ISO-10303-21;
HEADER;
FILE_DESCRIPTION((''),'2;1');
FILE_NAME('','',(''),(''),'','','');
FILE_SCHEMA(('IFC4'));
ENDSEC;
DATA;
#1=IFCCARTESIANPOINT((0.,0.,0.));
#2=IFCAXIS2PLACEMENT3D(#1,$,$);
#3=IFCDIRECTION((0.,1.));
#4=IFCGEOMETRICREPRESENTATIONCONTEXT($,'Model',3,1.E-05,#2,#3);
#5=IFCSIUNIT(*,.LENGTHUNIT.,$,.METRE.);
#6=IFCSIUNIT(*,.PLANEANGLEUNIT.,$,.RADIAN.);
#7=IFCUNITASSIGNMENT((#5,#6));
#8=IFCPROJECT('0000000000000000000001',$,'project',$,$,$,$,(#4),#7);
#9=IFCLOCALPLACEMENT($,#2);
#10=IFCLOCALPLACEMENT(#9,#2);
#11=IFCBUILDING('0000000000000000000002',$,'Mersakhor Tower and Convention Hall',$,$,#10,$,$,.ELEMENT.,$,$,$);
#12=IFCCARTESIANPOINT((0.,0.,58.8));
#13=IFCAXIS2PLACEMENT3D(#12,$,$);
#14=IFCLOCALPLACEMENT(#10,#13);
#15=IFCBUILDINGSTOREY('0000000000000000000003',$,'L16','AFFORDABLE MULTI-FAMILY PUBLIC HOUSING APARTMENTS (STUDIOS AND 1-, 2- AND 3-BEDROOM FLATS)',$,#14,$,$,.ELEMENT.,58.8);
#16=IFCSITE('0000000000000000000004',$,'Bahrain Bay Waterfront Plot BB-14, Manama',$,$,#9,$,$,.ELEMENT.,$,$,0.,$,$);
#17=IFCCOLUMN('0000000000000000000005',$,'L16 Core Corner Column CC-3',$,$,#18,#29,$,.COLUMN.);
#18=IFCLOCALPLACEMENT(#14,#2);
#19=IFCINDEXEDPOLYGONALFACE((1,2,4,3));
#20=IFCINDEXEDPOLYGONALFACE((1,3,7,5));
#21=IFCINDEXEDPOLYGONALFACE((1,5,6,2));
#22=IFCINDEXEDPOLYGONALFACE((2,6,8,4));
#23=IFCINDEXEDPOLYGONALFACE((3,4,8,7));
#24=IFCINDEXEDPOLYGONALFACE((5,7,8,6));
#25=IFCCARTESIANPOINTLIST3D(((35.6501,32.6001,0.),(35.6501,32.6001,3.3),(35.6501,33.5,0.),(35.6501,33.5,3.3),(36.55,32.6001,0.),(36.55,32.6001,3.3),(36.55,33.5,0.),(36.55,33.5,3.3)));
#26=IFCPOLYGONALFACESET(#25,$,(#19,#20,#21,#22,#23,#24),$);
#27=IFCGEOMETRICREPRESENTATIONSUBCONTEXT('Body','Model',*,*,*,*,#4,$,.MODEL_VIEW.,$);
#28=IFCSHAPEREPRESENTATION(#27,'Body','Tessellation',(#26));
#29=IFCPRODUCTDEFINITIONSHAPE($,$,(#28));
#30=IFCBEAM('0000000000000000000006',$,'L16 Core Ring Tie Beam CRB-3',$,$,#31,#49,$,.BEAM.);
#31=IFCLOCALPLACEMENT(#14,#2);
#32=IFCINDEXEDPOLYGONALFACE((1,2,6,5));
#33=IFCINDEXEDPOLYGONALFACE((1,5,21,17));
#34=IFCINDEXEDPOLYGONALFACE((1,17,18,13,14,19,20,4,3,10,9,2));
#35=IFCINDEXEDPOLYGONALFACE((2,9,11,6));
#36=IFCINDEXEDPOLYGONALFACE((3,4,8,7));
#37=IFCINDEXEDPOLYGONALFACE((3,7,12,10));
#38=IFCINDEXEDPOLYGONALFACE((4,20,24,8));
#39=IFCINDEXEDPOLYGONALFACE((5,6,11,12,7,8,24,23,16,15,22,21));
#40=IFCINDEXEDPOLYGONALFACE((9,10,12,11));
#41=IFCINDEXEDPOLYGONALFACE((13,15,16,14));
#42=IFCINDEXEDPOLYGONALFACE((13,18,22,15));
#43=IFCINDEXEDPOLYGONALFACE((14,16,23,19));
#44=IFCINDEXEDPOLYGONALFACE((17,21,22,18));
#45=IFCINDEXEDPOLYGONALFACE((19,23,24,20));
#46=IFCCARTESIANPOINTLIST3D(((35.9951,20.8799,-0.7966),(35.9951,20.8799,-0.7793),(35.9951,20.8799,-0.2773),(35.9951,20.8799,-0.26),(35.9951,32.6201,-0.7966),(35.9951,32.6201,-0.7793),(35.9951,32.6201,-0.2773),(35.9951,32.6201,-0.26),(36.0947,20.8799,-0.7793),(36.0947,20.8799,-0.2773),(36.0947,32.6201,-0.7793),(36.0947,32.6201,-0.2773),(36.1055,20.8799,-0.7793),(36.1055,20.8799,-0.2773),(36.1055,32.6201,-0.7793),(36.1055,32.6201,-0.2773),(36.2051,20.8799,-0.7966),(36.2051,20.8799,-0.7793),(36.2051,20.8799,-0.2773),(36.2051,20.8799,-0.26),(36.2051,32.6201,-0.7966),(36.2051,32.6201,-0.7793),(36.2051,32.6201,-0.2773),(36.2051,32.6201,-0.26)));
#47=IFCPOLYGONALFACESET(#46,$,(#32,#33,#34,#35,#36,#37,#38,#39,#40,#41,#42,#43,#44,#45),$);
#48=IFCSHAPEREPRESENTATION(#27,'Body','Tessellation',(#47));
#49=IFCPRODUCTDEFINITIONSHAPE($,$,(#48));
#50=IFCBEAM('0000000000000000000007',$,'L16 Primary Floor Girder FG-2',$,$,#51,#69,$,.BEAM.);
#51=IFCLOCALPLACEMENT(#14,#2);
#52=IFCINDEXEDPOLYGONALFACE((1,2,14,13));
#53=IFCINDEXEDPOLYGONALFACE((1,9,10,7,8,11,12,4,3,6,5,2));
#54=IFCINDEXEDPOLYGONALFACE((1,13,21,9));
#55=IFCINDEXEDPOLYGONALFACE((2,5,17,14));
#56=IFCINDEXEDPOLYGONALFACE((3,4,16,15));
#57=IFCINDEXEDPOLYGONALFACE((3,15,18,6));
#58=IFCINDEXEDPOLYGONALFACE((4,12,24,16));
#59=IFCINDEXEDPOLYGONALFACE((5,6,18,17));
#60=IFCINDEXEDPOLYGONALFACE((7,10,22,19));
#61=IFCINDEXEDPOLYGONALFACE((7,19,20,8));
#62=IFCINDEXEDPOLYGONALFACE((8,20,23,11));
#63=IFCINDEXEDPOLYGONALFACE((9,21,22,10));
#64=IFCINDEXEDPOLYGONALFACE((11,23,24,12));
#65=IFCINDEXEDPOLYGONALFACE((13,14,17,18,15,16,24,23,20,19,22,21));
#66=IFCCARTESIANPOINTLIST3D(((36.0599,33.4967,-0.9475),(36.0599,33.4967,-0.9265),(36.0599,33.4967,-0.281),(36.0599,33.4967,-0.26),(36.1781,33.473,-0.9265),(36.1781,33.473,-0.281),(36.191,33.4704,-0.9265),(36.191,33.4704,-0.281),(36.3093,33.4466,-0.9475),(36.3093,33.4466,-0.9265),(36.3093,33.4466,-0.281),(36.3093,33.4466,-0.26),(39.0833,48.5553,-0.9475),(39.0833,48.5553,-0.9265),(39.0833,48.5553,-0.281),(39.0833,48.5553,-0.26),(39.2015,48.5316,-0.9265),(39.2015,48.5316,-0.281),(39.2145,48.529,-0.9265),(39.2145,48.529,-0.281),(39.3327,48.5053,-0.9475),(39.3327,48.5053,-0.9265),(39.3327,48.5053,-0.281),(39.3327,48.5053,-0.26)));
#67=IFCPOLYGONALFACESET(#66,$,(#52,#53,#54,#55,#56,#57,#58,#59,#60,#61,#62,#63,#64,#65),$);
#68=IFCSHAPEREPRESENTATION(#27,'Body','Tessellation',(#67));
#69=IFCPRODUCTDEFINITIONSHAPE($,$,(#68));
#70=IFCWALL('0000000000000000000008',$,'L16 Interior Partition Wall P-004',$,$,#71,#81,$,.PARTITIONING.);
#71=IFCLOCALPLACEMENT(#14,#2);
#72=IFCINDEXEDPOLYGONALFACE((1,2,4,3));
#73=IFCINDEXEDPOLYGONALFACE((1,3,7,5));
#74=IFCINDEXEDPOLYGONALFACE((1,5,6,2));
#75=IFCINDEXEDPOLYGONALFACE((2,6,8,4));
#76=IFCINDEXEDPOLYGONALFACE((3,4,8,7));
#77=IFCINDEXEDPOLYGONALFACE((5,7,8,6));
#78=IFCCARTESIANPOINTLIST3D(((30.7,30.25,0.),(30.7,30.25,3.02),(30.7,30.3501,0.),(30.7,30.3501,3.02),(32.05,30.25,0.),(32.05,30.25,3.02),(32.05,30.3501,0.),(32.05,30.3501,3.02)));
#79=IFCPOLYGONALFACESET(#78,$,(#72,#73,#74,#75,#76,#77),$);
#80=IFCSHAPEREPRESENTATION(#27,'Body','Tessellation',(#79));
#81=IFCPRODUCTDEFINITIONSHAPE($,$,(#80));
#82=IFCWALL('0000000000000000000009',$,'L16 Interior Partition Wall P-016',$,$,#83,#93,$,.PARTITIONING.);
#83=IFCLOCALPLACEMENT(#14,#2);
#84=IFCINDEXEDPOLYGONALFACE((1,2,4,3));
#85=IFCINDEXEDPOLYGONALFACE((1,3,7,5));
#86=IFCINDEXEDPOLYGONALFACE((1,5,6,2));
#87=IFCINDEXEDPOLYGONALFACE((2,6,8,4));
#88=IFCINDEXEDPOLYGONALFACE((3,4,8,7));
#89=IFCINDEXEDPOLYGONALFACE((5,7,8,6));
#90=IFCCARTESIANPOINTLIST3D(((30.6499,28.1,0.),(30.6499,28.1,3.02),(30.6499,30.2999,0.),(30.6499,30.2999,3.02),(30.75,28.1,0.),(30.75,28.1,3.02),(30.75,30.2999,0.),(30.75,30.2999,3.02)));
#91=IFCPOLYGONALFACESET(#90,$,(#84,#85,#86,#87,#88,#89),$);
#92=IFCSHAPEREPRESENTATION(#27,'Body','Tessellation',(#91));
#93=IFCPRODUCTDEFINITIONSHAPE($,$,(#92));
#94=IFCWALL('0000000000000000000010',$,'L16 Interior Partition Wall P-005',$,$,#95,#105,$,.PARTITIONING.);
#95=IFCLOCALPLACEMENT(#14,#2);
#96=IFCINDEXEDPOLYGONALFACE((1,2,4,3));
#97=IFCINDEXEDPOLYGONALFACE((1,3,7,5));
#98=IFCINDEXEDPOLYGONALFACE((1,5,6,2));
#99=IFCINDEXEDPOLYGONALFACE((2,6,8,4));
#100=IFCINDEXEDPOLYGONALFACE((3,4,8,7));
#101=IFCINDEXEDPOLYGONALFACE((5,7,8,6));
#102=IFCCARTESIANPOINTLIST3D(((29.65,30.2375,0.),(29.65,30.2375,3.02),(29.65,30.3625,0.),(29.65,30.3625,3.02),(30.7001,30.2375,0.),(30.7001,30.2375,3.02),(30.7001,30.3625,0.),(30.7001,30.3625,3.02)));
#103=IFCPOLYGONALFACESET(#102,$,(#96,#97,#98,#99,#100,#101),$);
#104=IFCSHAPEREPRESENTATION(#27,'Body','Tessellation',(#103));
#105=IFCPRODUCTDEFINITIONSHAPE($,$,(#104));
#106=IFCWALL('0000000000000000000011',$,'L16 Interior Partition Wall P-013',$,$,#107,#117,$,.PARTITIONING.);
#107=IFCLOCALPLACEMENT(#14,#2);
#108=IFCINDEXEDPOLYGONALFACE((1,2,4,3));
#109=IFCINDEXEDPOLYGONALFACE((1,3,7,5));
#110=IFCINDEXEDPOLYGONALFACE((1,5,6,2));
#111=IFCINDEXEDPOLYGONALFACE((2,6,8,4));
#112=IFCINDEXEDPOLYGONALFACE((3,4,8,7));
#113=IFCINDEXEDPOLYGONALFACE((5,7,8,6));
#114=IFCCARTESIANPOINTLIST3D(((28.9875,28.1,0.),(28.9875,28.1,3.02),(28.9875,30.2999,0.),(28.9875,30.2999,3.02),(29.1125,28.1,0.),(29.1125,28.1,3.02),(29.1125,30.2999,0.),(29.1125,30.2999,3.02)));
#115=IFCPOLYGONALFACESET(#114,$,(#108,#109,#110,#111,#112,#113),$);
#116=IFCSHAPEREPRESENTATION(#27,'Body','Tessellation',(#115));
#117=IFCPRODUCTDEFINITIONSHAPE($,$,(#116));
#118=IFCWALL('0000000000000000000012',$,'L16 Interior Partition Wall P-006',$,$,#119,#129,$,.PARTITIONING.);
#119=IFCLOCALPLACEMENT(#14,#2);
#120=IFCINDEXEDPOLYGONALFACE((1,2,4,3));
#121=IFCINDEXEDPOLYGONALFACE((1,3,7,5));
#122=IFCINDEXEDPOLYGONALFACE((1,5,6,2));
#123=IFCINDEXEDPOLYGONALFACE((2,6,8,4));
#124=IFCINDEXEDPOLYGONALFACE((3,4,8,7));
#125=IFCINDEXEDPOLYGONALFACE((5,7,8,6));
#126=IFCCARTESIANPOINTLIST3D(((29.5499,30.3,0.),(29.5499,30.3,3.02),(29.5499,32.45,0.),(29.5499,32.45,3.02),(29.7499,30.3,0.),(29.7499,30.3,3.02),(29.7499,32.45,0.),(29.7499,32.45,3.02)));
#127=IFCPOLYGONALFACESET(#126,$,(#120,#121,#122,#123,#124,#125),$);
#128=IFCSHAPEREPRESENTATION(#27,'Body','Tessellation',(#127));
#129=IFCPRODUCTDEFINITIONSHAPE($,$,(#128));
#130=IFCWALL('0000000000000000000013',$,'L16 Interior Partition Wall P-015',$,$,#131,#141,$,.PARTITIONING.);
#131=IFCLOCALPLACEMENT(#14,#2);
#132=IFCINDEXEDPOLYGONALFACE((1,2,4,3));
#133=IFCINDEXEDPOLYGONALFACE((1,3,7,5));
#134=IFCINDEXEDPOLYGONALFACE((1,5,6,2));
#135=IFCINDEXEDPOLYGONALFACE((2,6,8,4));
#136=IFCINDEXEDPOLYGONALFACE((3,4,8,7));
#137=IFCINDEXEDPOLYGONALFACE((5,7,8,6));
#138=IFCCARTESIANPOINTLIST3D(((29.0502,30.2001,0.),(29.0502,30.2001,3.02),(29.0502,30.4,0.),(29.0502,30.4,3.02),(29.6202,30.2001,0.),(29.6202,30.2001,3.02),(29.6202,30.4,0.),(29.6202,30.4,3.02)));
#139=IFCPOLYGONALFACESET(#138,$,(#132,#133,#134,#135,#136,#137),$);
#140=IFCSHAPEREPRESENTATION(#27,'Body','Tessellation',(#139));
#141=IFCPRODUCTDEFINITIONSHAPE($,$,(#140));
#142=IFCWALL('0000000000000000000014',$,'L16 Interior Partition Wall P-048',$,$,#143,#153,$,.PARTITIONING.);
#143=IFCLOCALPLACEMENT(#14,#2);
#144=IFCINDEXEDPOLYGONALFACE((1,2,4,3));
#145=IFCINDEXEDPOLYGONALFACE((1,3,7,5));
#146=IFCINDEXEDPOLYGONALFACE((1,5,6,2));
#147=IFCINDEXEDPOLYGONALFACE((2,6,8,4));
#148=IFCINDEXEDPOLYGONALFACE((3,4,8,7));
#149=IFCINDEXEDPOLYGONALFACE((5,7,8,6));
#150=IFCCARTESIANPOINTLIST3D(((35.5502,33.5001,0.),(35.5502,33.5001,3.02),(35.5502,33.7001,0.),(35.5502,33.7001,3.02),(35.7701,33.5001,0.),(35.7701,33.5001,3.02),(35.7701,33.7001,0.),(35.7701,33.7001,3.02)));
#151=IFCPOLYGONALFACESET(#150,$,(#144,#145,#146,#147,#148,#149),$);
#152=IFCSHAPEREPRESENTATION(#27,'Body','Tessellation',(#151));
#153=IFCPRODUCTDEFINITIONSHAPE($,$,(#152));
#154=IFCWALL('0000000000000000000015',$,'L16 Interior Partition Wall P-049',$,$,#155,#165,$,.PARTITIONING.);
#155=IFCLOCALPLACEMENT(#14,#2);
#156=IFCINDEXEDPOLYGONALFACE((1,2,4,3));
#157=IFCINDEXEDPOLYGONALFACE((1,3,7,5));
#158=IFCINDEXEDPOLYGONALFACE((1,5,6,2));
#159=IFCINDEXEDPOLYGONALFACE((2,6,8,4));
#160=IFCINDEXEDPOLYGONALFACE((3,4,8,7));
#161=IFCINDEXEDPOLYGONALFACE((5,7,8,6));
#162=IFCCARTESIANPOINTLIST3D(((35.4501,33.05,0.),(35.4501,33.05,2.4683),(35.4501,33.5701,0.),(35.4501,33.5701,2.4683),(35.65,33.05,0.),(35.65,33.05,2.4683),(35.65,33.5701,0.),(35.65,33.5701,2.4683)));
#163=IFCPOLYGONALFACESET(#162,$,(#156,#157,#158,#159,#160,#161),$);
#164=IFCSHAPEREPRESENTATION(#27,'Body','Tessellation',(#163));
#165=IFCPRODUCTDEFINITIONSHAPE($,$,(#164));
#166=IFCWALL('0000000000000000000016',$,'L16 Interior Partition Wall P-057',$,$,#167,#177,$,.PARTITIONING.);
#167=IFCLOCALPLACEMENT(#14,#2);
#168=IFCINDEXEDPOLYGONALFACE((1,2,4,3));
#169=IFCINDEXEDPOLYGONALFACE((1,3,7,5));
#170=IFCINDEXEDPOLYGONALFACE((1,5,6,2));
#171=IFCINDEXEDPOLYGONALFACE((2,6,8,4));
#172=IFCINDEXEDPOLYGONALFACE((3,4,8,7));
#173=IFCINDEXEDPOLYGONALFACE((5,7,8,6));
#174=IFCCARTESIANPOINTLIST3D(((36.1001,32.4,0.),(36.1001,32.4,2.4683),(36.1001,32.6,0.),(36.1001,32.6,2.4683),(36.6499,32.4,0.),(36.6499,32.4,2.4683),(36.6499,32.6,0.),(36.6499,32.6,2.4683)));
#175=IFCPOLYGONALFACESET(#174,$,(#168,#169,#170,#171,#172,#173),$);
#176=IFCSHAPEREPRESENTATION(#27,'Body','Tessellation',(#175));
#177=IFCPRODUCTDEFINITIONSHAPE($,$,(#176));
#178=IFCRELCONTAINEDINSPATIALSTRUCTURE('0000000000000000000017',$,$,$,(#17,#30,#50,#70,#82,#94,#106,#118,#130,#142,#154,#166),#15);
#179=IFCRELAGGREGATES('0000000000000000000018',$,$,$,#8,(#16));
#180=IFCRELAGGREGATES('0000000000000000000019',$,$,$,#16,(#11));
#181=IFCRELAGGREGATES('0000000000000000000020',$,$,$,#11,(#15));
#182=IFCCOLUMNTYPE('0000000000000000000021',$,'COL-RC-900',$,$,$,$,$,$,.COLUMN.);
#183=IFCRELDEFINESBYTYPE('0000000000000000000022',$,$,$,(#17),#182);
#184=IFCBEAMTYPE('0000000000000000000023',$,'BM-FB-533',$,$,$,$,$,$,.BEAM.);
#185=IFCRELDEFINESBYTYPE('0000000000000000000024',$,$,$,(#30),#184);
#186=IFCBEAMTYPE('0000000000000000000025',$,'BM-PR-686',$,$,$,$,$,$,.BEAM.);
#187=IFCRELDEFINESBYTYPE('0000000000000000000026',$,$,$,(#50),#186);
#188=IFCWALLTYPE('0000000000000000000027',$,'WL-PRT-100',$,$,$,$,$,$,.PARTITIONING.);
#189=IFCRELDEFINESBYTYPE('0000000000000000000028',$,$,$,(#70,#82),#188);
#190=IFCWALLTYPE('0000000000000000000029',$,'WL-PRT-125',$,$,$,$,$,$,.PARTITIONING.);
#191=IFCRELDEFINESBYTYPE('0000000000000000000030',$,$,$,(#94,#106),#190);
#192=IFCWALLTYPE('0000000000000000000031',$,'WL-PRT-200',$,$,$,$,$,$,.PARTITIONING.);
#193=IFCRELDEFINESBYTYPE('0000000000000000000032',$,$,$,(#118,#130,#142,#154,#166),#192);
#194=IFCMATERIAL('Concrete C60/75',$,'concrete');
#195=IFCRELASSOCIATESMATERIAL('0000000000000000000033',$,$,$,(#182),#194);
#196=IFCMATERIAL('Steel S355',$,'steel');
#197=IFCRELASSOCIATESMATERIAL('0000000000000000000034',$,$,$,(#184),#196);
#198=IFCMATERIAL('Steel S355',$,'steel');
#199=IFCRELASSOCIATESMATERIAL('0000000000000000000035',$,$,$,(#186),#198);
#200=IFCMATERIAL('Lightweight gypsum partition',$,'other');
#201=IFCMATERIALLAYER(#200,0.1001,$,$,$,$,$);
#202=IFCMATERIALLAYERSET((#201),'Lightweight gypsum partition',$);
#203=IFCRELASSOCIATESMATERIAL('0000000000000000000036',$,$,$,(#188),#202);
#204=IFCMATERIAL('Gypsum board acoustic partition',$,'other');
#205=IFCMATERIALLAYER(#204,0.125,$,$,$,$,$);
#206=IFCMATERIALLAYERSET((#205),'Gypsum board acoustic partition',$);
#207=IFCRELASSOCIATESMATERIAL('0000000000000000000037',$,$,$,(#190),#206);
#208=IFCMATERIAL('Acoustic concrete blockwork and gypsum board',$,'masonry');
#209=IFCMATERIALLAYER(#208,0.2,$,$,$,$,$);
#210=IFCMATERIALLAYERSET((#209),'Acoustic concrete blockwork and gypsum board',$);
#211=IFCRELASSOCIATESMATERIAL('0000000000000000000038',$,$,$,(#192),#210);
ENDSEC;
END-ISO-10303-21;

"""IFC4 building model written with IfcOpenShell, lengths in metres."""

from ifc_helpers import new_model, si_unit, direction, frame, frame_2d, origin, origin_2d, place, context, subcontext, project, spatial, rectangle, i_section, extrude, material, layer, layer_set, material_profile, profile_set, type_object, element, save


model = new_model("IFC4")

# Units and contexts
model_context = context("Model", 3, precision=1e-05, world=origin(), true_north=direction((0.0, 1.0)))
body_context = subcontext(model_context, "Body", "Model", "MODEL_VIEW")
ifc_project = project(units=[si_unit("LENGTHUNIT", "METRE"), si_unit("PLANEANGLEUNIT", "RADIAN")], contexts=[model_context])

# Site, building, storey
site_placement = place(None, origin())
site = spatial("IfcSite", under=ifc_project, at=site_placement, Name="Bahrain Bay Waterfront Plot BB-14, Manama", CompositionType="ELEMENT", RefElevation=0.0)
building_placement = place(site_placement, origin())
building = spatial("IfcBuilding", under=site, at=building_placement, Name="Mersakhor Tower and Convention Hall", CompositionType="ELEMENT")
storey_placement = place(building_placement, frame((0.0, 0.0, 58.8)))
storey = spatial("IfcBuildingStorey", under=building, at=storey_placement, Name="L16", Description="AFFORDABLE MULTI-FAMILY PUBLIC HOUSING APARTMENTS (STUDIOS AND 1-, 2- AND 3-BEDROOM FLATS)", CompositionType="ELEMENT", Elevation=58.8)

# Column
ifc_material_1 = material(Name="Concrete C60/75", Category="concrete")
ifc_material_profile_1 = material_profile(ifc_material_1, rectangle(XDim=0.8999, YDim=0.8999, at=origin_2d()), Name="RC 900x900")
ifc_profile_set_1 = profile_set([ifc_material_profile_1], Name="Concrete C60/75")
column_type = type_object("IfcColumnType", Name="COL-RC-900", PredefinedType="COLUMN", material=ifc_profile_set_1)
column_placement = place(storey_placement, frame((36.1001, 33.05, 0.0), z_axis=(0.0, 0.0, 1.0), x_axis=(1.0, 0.0, 0.0)))
element("IfcColumn", 1, at=column_placement, inside=storey, type_object=column_type, Name="L16 Core Corner Column CC-3", PredefinedType="COLUMN", context=body_context, shape_type="SweptSolid", body=[
    extrude(rectangle(XDim=0.8999, YDim=0.8999, at=origin_2d()), origin(), (0.0, 0.0, 1.0), 3.3),
])

# Beams
ifc_material_2 = material(Name="Steel S355", Category="steel")
ifc_material_profile_2 = material_profile(ifc_material_2, i_section(OverallWidth=0.21, OverallDepth=0.5366, WebThickness=0.0107, FlangeThickness=0.0173, at=origin_2d()), Name="UB 533x210x101")
ifc_profile_set_2 = profile_set([ifc_material_profile_2], Name="Steel S355")
beam_type_1 = type_object("IfcBeamType", Name="BM-FB-533", PredefinedType="BEAM", material=ifc_profile_set_2)
beam_1_placement = place(storey_placement, frame((36.1001, 32.6201, -0.5283), z_axis=(0.0, -1.0, 0.0), x_axis=(1.0, 0.0, 0.0)))
element("IfcBeam", 2, at=beam_1_placement, inside=storey, type_object=beam_type_1, Name="L16 Core Ring Tie Beam CRB-3", PredefinedType="BEAM", context=body_context, shape_type="SweptSolid", body=[
    extrude(i_section(OverallWidth=0.21, OverallDepth=0.5366, WebThickness=0.0107, FlangeThickness=0.0173, at=origin_2d()), origin(), (0.0, 0.0, 1.0), 11.7402),
])
ifc_material_3 = material(Name="Steel S355", Category="steel")
ifc_material_profile_3 = material_profile(ifc_material_3, i_section(OverallWidth=0.2544, OverallDepth=0.6875, WebThickness=0.0132, FlangeThickness=0.021, at=origin_2d()), Name="UB 686x254x152")
ifc_profile_set_3 = profile_set([ifc_material_profile_3], Name="Steel S355")
beam_type_2 = type_object("IfcBeamType", Name="BM-PR-686", PredefinedType="BEAM", material=ifc_profile_set_3)
beam_2_placement = place(storey_placement, frame((36.1846, 33.4717, -0.6038), z_axis=(0.19685, 0.980434, 0.0), x_axis=(-0.980434, 0.19685, 0.0)))
element("IfcBeam", 3, at=beam_2_placement, inside=storey, type_object=beam_type_2, Name="L16 Primary Floor Girder FG-2", PredefinedType="BEAM", context=body_context, shape_type="SweptSolid", body=[
    extrude(i_section(OverallWidth=0.2544, OverallDepth=0.6875, WebThickness=0.0132, FlangeThickness=0.021, at=origin_2d()), origin(), (0.0, 0.0, 1.0), 15.3591),
])

# Walls
ifc_material_4 = material(Name="Lightweight gypsum partition", Category="other")
ifc_layer_1 = layer(ifc_material_4, 0.1001)
ifc_layer_set_1 = layer_set([ifc_layer_1], Name="Lightweight gypsum partition")
wall_type_1 = type_object("IfcWallType", Name="WL-PRT-100", PredefinedType="PARTITIONING", material=ifc_layer_set_1)
wall_1_placement = place(storey_placement, frame((32.05, 30.3, 0.0), z_axis=(0.0, 0.0, 1.0), x_axis=(-1.0, 0.0, 0.0)))
element("IfcWall", 4, at=wall_1_placement, inside=storey, type_object=wall_type_1, Name="L16 Interior Partition Wall P-004", PredefinedType="PARTITIONING", context=body_context, shape_type="SweptSolid", body=[
    extrude(rectangle(XDim=1.3501, YDim=0.1001, at=frame_2d((0.675, 0.0))), origin(), (0.0, 0.0, 1.0), 3.02),
])
wall_2_placement = place(storey_placement, frame((30.7, 30.3, 0.0), z_axis=(0.0, 0.0, 1.0), x_axis=(0.0, -1.0, 0.0)))
element("IfcWall", 5, at=wall_2_placement, inside=storey, type_object=wall_type_1, Name="L16 Interior Partition Wall P-016", PredefinedType="PARTITIONING", context=body_context, shape_type="SweptSolid", body=[
    extrude(rectangle(XDim=2.2, YDim=0.1001, at=frame_2d((1.1001, 0.0))), origin(), (0.0, 0.0, 1.0), 3.02),
])
ifc_material_5 = material(Name="Gypsum board acoustic partition", Category="other")
ifc_layer_2 = layer(ifc_material_5, 0.125)
ifc_layer_set_2 = layer_set([ifc_layer_2], Name="Gypsum board acoustic partition")
wall_type_2 = type_object("IfcWallType", Name="WL-PRT-125", PredefinedType="PARTITIONING", material=ifc_layer_set_2)
wall_3_placement = place(storey_placement, frame((30.7, 30.3, 0.0), z_axis=(0.0, 0.0, 1.0), x_axis=(-1.0, 0.0, 0.0)))
element("IfcWall", 6, at=wall_3_placement, inside=storey, type_object=wall_type_2, Name="L16 Interior Partition Wall P-005", PredefinedType="PARTITIONING", context=body_context, shape_type="SweptSolid", body=[
    extrude(rectangle(XDim=1.05, YDim=0.125, at=frame_2d((0.5249, 0.0))), origin(), (0.0, 0.0, 1.0), 3.02),
])
wall_4_placement = place(storey_placement, frame((29.05, 30.3, 0.0), z_axis=(0.0, 0.0, 1.0), x_axis=(0.0, -1.0, 0.0)))
element("IfcWall", 7, at=wall_4_placement, inside=storey, type_object=wall_type_2, Name="L16 Interior Partition Wall P-013", PredefinedType="PARTITIONING", context=body_context, shape_type="SweptSolid", body=[
    extrude(rectangle(XDim=2.2, YDim=0.125, at=frame_2d((1.1001, 0.0))), origin(), (0.0, 0.0, 1.0), 3.02),
])
ifc_material_6 = material(Name="Acoustic concrete blockwork and gypsum board", Category="masonry")
ifc_layer_3 = layer(ifc_material_6, 0.2)
ifc_layer_set_3 = layer_set([ifc_layer_3], Name="Acoustic concrete blockwork and gypsum board")
wall_type_3 = type_object("IfcWallType", Name="WL-PRT-200", PredefinedType="PARTITIONING", material=ifc_layer_set_3)
wall_5_placement = place(storey_placement, frame((29.6499, 30.3, 0.0), z_axis=(0.0, 0.0, 1.0), x_axis=(0.0, 1.0, 0.0)))
element("IfcWall", 8, at=wall_5_placement, inside=storey, type_object=wall_type_3, Name="L16 Interior Partition Wall P-006", PredefinedType="PARTITIONING", context=body_context, shape_type="SweptSolid", body=[
    extrude(rectangle(XDim=2.1499, YDim=0.2, at=frame_2d((1.075, 0.0))), origin(), (0.0, 0.0, 1.0), 3.02),
])
wall_6_placement = place(storey_placement, frame((29.05, 30.3, 0.0), z_axis=(0.0, 0.0, 1.0), x_axis=(1.0, 0.0, 0.0)))
element("IfcWall", 9, at=wall_6_placement, inside=storey, type_object=wall_type_3, Name="L16 Interior Partition Wall P-015", PredefinedType="PARTITIONING", context=body_context, shape_type="SweptSolid", body=[
    extrude(rectangle(XDim=0.5701, YDim=0.2, at=frame_2d((0.2852, 0.0))), origin(), (0.0, 0.0, 1.0), 3.02),
])
wall_7_placement = place(storey_placement, frame((35.77, 33.6001, 0.0), z_axis=(0.0, 0.0, 1.0), x_axis=(-1.0, 0.0, 0.0)))
element("IfcWall", 10, at=wall_7_placement, inside=storey, type_object=wall_type_3, Name="L16 Interior Partition Wall P-048", PredefinedType="PARTITIONING", context=body_context, shape_type="SweptSolid", body=[
    extrude(rectangle(XDim=0.22, YDim=0.2, at=frame_2d((0.1099, 0.0))), origin(), (0.0, 0.0, 1.0), 3.02),
])
wall_8_placement = place(storey_placement, frame((35.55, 33.5701, 0.0), z_axis=(0.0, 0.0, 1.0), x_axis=(0.0, -1.0, 0.0)))
element("IfcWall", 11, at=wall_8_placement, inside=storey, type_object=wall_type_3, Name="L16 Interior Partition Wall P-049", PredefinedType="PARTITIONING", context=body_context, shape_type="SweptSolid", body=[
    extrude(rectangle(XDim=0.52, YDim=0.2, at=frame_2d((0.26, 0.0))), origin(), (0.0, 0.0, 1.0), 2.4683),
])
wall_9_placement = place(storey_placement, frame((36.1001, 32.5, 0.0), z_axis=(0.0, 0.0, 1.0), x_axis=(1.0, 0.0, 0.0)))
element("IfcWall", 12, at=wall_9_placement, inside=storey, type_object=wall_type_3, Name="L16 Interior Partition Wall P-057", PredefinedType="PARTITIONING", context=body_context, shape_type="SweptSolid", body=[
    extrude(rectangle(XDim=0.5498, YDim=0.2, at=frame_2d((0.2749, 0.0))), origin(), (0.0, 0.0, 1.0), 2.4683),
])

save(model, "model.ifc")
